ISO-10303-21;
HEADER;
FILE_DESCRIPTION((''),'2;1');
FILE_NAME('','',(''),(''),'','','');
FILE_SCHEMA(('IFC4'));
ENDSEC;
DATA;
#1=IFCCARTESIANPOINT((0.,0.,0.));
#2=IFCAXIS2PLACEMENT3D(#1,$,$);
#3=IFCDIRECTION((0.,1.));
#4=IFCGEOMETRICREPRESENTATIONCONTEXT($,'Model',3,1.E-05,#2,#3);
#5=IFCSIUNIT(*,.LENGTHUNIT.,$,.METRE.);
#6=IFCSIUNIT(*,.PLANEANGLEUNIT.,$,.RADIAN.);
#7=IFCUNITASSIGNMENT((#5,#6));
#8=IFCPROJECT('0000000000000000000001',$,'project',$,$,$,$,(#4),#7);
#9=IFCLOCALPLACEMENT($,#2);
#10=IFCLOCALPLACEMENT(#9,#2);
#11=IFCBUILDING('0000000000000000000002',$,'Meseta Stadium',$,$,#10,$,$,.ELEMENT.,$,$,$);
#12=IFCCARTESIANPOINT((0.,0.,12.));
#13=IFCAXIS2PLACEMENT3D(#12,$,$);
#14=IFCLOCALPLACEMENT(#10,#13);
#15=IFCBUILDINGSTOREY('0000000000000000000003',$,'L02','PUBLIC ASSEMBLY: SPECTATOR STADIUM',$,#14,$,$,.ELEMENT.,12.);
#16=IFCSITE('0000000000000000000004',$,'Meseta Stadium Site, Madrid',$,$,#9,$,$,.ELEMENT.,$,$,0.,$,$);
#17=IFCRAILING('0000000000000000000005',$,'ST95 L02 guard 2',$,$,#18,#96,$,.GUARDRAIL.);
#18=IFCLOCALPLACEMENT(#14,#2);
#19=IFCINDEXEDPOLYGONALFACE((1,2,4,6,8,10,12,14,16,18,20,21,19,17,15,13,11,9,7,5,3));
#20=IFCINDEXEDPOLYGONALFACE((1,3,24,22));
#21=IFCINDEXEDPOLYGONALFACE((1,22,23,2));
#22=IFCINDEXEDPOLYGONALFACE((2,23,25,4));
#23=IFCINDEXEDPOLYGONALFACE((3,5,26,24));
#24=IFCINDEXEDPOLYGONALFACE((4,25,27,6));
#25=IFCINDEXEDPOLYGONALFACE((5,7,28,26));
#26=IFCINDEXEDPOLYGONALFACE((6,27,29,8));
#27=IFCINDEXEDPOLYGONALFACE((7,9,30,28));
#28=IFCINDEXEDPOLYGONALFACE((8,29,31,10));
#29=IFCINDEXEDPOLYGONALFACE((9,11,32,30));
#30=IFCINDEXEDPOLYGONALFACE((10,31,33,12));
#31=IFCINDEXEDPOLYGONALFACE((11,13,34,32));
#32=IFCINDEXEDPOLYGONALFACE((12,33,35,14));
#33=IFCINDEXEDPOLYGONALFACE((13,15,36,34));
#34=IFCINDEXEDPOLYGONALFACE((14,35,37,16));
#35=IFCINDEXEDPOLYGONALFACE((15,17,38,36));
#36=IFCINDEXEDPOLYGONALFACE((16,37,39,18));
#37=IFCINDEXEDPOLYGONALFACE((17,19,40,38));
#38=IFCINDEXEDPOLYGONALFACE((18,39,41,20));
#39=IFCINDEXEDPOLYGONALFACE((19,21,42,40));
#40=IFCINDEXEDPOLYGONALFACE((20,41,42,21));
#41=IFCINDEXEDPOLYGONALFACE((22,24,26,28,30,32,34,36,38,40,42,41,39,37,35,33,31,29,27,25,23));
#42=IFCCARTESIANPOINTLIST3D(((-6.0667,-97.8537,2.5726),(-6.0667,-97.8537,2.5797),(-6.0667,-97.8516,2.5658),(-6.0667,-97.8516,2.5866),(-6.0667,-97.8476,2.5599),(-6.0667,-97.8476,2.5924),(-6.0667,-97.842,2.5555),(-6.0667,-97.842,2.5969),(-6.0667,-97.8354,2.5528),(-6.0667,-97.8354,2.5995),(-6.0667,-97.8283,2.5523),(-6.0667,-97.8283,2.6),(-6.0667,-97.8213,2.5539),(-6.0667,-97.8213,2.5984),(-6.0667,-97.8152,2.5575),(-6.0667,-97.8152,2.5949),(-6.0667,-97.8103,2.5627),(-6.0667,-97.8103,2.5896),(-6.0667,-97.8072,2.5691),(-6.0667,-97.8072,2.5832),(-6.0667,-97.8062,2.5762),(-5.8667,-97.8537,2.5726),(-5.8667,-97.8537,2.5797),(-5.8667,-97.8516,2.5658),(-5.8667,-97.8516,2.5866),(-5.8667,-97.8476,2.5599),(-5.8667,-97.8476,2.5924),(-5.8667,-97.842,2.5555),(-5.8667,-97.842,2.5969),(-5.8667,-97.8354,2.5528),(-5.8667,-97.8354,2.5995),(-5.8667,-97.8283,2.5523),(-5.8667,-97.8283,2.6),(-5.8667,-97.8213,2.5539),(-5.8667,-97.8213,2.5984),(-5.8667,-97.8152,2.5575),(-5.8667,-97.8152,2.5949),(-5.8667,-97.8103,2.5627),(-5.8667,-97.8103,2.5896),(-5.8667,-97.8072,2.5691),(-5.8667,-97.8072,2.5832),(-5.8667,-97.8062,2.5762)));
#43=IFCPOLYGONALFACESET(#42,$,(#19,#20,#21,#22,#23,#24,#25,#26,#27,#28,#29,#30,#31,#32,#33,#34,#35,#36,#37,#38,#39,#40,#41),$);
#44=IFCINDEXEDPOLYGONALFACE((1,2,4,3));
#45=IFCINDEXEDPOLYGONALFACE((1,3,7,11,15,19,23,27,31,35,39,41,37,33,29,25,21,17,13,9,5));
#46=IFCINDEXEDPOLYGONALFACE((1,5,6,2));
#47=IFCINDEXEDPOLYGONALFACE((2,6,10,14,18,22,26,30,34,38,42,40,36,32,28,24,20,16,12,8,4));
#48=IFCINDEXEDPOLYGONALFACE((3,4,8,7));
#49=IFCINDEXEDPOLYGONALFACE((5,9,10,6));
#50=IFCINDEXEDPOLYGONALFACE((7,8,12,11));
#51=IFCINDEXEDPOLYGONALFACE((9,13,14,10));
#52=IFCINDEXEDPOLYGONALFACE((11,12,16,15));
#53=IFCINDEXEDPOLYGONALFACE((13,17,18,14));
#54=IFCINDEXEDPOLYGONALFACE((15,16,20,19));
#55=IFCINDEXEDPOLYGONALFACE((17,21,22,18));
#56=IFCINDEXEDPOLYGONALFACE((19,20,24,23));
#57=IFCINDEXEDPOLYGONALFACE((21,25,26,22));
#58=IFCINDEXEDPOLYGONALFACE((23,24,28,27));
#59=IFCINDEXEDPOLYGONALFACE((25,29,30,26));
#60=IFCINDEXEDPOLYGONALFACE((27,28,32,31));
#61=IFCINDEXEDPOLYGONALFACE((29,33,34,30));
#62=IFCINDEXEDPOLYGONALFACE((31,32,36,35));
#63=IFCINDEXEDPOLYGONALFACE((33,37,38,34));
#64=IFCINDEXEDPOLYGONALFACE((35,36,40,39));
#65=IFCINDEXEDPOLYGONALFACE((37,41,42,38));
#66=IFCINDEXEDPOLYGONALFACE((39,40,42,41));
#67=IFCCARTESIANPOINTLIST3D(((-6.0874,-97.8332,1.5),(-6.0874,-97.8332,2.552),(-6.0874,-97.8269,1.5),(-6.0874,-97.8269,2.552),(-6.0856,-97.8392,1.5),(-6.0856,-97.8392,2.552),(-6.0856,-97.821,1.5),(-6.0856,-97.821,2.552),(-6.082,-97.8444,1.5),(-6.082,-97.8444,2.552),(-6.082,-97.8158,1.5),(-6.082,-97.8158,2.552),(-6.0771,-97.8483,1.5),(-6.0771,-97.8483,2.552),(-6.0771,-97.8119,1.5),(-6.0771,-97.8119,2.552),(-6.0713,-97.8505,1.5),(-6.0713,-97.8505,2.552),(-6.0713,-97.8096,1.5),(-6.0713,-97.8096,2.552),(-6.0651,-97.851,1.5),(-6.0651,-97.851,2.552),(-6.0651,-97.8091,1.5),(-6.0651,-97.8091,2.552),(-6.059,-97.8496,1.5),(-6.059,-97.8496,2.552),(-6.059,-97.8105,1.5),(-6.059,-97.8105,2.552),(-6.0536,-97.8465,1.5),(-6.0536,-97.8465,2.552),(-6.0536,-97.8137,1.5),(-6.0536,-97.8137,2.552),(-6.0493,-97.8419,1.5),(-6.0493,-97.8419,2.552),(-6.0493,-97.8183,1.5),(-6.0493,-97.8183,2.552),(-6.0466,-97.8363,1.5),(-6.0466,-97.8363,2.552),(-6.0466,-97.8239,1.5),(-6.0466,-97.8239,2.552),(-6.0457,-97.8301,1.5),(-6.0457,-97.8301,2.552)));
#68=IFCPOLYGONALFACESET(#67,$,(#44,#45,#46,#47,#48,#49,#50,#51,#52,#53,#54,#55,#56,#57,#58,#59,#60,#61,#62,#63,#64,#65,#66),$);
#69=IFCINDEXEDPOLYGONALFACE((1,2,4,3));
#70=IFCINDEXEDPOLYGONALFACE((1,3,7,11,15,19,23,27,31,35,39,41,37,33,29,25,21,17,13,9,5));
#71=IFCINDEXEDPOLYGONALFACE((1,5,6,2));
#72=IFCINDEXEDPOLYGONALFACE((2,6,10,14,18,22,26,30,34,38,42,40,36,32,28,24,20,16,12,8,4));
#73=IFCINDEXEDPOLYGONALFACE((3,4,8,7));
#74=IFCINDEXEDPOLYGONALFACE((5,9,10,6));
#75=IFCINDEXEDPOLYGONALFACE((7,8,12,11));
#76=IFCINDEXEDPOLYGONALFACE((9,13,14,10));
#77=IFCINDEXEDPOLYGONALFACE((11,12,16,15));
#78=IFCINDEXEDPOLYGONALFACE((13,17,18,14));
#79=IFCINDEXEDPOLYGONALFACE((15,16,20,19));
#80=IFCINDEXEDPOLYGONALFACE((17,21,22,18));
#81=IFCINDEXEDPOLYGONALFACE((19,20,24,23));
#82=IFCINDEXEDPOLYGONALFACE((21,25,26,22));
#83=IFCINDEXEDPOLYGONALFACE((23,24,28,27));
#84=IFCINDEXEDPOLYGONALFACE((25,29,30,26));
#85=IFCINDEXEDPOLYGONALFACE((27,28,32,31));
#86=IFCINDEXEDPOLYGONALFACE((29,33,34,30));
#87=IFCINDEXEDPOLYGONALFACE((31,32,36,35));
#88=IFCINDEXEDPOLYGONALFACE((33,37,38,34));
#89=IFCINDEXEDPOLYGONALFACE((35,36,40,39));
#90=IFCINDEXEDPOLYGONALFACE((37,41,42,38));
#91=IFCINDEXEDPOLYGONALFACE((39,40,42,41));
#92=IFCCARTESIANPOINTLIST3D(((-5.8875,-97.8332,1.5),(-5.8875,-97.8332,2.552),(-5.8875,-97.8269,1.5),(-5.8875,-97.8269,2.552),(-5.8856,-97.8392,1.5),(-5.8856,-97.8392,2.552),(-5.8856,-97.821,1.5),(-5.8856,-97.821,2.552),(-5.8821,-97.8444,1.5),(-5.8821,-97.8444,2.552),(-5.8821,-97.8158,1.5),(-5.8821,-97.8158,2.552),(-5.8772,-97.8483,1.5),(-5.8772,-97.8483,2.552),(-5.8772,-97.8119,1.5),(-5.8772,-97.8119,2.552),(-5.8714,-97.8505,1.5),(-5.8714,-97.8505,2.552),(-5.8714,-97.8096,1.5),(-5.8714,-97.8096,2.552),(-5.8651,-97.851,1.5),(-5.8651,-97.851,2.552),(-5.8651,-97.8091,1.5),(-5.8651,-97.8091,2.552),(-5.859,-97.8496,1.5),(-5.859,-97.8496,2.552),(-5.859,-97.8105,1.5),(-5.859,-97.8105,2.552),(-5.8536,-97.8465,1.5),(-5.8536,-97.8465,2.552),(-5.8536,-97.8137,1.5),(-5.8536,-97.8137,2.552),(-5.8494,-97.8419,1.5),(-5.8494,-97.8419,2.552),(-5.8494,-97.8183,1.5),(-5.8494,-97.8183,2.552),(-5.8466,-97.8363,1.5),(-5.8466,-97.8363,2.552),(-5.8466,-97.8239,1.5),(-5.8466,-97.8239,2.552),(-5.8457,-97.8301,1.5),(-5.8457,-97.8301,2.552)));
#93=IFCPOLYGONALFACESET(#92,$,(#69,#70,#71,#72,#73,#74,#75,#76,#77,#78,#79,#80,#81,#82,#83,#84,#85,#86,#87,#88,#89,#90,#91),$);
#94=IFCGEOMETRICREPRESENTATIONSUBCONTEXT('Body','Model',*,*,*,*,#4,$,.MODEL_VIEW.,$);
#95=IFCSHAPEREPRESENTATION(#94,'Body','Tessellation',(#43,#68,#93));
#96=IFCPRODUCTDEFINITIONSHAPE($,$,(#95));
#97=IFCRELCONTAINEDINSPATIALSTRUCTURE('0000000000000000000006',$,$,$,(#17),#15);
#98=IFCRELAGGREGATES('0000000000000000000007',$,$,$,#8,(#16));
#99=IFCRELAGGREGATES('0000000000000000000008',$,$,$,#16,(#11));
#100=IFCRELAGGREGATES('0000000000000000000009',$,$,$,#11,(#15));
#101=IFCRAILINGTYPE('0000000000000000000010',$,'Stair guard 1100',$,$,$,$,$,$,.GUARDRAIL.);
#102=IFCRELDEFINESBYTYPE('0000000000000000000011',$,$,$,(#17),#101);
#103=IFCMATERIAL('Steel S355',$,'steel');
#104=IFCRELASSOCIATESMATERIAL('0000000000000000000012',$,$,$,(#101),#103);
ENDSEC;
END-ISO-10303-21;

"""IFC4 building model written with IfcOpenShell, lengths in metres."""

from ifc_helpers import new_model, si_unit, direction, frame, origin, origin_2d, place, context, subcontext, project, spatial, circle, extrude, material, type_object, element, save


model = new_model("IFC4")

# Units and contexts
model_context = context("Model", 3, precision=1e-05, world=origin(), true_north=direction((0.0, 1.0)))
body_context = subcontext(model_context, "Body", "Model", "MODEL_VIEW")
ifc_project = project(units=[si_unit("LENGTHUNIT", "METRE"), si_unit("PLANEANGLEUNIT", "RADIAN")], contexts=[model_context])

# Site, building, storey
site_placement = place(None, origin())
site = spatial("IfcSite", under=ifc_project, at=site_placement, Name="Meseta Stadium Site, Madrid", CompositionType="ELEMENT", RefElevation=0.0)
building_placement = place(site_placement, origin())
building = spatial("IfcBuilding", under=site, at=building_placement, Name="Meseta Stadium", CompositionType="ELEMENT")
storey_placement = place(building_placement, frame((0.0, 0.0, 12.0)))
storey = spatial("IfcBuildingStorey", under=building, at=storey_placement, Name="L02", Description="PUBLIC ASSEMBLY: SPECTATOR STADIUM", CompositionType="ELEMENT", Elevation=12.0)

# Railing
ifc_material_1 = material(Name="Steel S355", Category="steel")
railing_type_1 = type_object("IfcRailingType", Name="Stair guard 1100", PredefinedType="GUARDRAIL", material=ifc_material_1)
railing_1_placement = place(storey_placement, frame((-6.0667, -97.8301, 1.5)))
element("IfcRailing", 1, at=railing_1_placement, inside=storey, type_object=railing_type_1, Name="ST95 L02 guard 2", PredefinedType="GUARDRAIL", context=body_context, shape_type="SweptSolid", body=[
    extrude(circle(Radius=0.0239, at=origin_2d()), frame((0.0, 0.0, 1.0762), z_axis=(1.0, 0.0, 0.0), x_axis=(0.0, 1.0, 0.0)), (0.0, 0.0, 1.0), 0.2),
    extrude(circle(Radius=0.021, at=origin_2d()), origin(), (0.0, 0.0, 1.0), 1.052),
    extrude(circle(Radius=0.021, at=origin_2d()), frame((0.2, 0.0, 0.0)), (0.0, 0.0, 1.0), 1.052),
])

save(model, "model.ifc")
